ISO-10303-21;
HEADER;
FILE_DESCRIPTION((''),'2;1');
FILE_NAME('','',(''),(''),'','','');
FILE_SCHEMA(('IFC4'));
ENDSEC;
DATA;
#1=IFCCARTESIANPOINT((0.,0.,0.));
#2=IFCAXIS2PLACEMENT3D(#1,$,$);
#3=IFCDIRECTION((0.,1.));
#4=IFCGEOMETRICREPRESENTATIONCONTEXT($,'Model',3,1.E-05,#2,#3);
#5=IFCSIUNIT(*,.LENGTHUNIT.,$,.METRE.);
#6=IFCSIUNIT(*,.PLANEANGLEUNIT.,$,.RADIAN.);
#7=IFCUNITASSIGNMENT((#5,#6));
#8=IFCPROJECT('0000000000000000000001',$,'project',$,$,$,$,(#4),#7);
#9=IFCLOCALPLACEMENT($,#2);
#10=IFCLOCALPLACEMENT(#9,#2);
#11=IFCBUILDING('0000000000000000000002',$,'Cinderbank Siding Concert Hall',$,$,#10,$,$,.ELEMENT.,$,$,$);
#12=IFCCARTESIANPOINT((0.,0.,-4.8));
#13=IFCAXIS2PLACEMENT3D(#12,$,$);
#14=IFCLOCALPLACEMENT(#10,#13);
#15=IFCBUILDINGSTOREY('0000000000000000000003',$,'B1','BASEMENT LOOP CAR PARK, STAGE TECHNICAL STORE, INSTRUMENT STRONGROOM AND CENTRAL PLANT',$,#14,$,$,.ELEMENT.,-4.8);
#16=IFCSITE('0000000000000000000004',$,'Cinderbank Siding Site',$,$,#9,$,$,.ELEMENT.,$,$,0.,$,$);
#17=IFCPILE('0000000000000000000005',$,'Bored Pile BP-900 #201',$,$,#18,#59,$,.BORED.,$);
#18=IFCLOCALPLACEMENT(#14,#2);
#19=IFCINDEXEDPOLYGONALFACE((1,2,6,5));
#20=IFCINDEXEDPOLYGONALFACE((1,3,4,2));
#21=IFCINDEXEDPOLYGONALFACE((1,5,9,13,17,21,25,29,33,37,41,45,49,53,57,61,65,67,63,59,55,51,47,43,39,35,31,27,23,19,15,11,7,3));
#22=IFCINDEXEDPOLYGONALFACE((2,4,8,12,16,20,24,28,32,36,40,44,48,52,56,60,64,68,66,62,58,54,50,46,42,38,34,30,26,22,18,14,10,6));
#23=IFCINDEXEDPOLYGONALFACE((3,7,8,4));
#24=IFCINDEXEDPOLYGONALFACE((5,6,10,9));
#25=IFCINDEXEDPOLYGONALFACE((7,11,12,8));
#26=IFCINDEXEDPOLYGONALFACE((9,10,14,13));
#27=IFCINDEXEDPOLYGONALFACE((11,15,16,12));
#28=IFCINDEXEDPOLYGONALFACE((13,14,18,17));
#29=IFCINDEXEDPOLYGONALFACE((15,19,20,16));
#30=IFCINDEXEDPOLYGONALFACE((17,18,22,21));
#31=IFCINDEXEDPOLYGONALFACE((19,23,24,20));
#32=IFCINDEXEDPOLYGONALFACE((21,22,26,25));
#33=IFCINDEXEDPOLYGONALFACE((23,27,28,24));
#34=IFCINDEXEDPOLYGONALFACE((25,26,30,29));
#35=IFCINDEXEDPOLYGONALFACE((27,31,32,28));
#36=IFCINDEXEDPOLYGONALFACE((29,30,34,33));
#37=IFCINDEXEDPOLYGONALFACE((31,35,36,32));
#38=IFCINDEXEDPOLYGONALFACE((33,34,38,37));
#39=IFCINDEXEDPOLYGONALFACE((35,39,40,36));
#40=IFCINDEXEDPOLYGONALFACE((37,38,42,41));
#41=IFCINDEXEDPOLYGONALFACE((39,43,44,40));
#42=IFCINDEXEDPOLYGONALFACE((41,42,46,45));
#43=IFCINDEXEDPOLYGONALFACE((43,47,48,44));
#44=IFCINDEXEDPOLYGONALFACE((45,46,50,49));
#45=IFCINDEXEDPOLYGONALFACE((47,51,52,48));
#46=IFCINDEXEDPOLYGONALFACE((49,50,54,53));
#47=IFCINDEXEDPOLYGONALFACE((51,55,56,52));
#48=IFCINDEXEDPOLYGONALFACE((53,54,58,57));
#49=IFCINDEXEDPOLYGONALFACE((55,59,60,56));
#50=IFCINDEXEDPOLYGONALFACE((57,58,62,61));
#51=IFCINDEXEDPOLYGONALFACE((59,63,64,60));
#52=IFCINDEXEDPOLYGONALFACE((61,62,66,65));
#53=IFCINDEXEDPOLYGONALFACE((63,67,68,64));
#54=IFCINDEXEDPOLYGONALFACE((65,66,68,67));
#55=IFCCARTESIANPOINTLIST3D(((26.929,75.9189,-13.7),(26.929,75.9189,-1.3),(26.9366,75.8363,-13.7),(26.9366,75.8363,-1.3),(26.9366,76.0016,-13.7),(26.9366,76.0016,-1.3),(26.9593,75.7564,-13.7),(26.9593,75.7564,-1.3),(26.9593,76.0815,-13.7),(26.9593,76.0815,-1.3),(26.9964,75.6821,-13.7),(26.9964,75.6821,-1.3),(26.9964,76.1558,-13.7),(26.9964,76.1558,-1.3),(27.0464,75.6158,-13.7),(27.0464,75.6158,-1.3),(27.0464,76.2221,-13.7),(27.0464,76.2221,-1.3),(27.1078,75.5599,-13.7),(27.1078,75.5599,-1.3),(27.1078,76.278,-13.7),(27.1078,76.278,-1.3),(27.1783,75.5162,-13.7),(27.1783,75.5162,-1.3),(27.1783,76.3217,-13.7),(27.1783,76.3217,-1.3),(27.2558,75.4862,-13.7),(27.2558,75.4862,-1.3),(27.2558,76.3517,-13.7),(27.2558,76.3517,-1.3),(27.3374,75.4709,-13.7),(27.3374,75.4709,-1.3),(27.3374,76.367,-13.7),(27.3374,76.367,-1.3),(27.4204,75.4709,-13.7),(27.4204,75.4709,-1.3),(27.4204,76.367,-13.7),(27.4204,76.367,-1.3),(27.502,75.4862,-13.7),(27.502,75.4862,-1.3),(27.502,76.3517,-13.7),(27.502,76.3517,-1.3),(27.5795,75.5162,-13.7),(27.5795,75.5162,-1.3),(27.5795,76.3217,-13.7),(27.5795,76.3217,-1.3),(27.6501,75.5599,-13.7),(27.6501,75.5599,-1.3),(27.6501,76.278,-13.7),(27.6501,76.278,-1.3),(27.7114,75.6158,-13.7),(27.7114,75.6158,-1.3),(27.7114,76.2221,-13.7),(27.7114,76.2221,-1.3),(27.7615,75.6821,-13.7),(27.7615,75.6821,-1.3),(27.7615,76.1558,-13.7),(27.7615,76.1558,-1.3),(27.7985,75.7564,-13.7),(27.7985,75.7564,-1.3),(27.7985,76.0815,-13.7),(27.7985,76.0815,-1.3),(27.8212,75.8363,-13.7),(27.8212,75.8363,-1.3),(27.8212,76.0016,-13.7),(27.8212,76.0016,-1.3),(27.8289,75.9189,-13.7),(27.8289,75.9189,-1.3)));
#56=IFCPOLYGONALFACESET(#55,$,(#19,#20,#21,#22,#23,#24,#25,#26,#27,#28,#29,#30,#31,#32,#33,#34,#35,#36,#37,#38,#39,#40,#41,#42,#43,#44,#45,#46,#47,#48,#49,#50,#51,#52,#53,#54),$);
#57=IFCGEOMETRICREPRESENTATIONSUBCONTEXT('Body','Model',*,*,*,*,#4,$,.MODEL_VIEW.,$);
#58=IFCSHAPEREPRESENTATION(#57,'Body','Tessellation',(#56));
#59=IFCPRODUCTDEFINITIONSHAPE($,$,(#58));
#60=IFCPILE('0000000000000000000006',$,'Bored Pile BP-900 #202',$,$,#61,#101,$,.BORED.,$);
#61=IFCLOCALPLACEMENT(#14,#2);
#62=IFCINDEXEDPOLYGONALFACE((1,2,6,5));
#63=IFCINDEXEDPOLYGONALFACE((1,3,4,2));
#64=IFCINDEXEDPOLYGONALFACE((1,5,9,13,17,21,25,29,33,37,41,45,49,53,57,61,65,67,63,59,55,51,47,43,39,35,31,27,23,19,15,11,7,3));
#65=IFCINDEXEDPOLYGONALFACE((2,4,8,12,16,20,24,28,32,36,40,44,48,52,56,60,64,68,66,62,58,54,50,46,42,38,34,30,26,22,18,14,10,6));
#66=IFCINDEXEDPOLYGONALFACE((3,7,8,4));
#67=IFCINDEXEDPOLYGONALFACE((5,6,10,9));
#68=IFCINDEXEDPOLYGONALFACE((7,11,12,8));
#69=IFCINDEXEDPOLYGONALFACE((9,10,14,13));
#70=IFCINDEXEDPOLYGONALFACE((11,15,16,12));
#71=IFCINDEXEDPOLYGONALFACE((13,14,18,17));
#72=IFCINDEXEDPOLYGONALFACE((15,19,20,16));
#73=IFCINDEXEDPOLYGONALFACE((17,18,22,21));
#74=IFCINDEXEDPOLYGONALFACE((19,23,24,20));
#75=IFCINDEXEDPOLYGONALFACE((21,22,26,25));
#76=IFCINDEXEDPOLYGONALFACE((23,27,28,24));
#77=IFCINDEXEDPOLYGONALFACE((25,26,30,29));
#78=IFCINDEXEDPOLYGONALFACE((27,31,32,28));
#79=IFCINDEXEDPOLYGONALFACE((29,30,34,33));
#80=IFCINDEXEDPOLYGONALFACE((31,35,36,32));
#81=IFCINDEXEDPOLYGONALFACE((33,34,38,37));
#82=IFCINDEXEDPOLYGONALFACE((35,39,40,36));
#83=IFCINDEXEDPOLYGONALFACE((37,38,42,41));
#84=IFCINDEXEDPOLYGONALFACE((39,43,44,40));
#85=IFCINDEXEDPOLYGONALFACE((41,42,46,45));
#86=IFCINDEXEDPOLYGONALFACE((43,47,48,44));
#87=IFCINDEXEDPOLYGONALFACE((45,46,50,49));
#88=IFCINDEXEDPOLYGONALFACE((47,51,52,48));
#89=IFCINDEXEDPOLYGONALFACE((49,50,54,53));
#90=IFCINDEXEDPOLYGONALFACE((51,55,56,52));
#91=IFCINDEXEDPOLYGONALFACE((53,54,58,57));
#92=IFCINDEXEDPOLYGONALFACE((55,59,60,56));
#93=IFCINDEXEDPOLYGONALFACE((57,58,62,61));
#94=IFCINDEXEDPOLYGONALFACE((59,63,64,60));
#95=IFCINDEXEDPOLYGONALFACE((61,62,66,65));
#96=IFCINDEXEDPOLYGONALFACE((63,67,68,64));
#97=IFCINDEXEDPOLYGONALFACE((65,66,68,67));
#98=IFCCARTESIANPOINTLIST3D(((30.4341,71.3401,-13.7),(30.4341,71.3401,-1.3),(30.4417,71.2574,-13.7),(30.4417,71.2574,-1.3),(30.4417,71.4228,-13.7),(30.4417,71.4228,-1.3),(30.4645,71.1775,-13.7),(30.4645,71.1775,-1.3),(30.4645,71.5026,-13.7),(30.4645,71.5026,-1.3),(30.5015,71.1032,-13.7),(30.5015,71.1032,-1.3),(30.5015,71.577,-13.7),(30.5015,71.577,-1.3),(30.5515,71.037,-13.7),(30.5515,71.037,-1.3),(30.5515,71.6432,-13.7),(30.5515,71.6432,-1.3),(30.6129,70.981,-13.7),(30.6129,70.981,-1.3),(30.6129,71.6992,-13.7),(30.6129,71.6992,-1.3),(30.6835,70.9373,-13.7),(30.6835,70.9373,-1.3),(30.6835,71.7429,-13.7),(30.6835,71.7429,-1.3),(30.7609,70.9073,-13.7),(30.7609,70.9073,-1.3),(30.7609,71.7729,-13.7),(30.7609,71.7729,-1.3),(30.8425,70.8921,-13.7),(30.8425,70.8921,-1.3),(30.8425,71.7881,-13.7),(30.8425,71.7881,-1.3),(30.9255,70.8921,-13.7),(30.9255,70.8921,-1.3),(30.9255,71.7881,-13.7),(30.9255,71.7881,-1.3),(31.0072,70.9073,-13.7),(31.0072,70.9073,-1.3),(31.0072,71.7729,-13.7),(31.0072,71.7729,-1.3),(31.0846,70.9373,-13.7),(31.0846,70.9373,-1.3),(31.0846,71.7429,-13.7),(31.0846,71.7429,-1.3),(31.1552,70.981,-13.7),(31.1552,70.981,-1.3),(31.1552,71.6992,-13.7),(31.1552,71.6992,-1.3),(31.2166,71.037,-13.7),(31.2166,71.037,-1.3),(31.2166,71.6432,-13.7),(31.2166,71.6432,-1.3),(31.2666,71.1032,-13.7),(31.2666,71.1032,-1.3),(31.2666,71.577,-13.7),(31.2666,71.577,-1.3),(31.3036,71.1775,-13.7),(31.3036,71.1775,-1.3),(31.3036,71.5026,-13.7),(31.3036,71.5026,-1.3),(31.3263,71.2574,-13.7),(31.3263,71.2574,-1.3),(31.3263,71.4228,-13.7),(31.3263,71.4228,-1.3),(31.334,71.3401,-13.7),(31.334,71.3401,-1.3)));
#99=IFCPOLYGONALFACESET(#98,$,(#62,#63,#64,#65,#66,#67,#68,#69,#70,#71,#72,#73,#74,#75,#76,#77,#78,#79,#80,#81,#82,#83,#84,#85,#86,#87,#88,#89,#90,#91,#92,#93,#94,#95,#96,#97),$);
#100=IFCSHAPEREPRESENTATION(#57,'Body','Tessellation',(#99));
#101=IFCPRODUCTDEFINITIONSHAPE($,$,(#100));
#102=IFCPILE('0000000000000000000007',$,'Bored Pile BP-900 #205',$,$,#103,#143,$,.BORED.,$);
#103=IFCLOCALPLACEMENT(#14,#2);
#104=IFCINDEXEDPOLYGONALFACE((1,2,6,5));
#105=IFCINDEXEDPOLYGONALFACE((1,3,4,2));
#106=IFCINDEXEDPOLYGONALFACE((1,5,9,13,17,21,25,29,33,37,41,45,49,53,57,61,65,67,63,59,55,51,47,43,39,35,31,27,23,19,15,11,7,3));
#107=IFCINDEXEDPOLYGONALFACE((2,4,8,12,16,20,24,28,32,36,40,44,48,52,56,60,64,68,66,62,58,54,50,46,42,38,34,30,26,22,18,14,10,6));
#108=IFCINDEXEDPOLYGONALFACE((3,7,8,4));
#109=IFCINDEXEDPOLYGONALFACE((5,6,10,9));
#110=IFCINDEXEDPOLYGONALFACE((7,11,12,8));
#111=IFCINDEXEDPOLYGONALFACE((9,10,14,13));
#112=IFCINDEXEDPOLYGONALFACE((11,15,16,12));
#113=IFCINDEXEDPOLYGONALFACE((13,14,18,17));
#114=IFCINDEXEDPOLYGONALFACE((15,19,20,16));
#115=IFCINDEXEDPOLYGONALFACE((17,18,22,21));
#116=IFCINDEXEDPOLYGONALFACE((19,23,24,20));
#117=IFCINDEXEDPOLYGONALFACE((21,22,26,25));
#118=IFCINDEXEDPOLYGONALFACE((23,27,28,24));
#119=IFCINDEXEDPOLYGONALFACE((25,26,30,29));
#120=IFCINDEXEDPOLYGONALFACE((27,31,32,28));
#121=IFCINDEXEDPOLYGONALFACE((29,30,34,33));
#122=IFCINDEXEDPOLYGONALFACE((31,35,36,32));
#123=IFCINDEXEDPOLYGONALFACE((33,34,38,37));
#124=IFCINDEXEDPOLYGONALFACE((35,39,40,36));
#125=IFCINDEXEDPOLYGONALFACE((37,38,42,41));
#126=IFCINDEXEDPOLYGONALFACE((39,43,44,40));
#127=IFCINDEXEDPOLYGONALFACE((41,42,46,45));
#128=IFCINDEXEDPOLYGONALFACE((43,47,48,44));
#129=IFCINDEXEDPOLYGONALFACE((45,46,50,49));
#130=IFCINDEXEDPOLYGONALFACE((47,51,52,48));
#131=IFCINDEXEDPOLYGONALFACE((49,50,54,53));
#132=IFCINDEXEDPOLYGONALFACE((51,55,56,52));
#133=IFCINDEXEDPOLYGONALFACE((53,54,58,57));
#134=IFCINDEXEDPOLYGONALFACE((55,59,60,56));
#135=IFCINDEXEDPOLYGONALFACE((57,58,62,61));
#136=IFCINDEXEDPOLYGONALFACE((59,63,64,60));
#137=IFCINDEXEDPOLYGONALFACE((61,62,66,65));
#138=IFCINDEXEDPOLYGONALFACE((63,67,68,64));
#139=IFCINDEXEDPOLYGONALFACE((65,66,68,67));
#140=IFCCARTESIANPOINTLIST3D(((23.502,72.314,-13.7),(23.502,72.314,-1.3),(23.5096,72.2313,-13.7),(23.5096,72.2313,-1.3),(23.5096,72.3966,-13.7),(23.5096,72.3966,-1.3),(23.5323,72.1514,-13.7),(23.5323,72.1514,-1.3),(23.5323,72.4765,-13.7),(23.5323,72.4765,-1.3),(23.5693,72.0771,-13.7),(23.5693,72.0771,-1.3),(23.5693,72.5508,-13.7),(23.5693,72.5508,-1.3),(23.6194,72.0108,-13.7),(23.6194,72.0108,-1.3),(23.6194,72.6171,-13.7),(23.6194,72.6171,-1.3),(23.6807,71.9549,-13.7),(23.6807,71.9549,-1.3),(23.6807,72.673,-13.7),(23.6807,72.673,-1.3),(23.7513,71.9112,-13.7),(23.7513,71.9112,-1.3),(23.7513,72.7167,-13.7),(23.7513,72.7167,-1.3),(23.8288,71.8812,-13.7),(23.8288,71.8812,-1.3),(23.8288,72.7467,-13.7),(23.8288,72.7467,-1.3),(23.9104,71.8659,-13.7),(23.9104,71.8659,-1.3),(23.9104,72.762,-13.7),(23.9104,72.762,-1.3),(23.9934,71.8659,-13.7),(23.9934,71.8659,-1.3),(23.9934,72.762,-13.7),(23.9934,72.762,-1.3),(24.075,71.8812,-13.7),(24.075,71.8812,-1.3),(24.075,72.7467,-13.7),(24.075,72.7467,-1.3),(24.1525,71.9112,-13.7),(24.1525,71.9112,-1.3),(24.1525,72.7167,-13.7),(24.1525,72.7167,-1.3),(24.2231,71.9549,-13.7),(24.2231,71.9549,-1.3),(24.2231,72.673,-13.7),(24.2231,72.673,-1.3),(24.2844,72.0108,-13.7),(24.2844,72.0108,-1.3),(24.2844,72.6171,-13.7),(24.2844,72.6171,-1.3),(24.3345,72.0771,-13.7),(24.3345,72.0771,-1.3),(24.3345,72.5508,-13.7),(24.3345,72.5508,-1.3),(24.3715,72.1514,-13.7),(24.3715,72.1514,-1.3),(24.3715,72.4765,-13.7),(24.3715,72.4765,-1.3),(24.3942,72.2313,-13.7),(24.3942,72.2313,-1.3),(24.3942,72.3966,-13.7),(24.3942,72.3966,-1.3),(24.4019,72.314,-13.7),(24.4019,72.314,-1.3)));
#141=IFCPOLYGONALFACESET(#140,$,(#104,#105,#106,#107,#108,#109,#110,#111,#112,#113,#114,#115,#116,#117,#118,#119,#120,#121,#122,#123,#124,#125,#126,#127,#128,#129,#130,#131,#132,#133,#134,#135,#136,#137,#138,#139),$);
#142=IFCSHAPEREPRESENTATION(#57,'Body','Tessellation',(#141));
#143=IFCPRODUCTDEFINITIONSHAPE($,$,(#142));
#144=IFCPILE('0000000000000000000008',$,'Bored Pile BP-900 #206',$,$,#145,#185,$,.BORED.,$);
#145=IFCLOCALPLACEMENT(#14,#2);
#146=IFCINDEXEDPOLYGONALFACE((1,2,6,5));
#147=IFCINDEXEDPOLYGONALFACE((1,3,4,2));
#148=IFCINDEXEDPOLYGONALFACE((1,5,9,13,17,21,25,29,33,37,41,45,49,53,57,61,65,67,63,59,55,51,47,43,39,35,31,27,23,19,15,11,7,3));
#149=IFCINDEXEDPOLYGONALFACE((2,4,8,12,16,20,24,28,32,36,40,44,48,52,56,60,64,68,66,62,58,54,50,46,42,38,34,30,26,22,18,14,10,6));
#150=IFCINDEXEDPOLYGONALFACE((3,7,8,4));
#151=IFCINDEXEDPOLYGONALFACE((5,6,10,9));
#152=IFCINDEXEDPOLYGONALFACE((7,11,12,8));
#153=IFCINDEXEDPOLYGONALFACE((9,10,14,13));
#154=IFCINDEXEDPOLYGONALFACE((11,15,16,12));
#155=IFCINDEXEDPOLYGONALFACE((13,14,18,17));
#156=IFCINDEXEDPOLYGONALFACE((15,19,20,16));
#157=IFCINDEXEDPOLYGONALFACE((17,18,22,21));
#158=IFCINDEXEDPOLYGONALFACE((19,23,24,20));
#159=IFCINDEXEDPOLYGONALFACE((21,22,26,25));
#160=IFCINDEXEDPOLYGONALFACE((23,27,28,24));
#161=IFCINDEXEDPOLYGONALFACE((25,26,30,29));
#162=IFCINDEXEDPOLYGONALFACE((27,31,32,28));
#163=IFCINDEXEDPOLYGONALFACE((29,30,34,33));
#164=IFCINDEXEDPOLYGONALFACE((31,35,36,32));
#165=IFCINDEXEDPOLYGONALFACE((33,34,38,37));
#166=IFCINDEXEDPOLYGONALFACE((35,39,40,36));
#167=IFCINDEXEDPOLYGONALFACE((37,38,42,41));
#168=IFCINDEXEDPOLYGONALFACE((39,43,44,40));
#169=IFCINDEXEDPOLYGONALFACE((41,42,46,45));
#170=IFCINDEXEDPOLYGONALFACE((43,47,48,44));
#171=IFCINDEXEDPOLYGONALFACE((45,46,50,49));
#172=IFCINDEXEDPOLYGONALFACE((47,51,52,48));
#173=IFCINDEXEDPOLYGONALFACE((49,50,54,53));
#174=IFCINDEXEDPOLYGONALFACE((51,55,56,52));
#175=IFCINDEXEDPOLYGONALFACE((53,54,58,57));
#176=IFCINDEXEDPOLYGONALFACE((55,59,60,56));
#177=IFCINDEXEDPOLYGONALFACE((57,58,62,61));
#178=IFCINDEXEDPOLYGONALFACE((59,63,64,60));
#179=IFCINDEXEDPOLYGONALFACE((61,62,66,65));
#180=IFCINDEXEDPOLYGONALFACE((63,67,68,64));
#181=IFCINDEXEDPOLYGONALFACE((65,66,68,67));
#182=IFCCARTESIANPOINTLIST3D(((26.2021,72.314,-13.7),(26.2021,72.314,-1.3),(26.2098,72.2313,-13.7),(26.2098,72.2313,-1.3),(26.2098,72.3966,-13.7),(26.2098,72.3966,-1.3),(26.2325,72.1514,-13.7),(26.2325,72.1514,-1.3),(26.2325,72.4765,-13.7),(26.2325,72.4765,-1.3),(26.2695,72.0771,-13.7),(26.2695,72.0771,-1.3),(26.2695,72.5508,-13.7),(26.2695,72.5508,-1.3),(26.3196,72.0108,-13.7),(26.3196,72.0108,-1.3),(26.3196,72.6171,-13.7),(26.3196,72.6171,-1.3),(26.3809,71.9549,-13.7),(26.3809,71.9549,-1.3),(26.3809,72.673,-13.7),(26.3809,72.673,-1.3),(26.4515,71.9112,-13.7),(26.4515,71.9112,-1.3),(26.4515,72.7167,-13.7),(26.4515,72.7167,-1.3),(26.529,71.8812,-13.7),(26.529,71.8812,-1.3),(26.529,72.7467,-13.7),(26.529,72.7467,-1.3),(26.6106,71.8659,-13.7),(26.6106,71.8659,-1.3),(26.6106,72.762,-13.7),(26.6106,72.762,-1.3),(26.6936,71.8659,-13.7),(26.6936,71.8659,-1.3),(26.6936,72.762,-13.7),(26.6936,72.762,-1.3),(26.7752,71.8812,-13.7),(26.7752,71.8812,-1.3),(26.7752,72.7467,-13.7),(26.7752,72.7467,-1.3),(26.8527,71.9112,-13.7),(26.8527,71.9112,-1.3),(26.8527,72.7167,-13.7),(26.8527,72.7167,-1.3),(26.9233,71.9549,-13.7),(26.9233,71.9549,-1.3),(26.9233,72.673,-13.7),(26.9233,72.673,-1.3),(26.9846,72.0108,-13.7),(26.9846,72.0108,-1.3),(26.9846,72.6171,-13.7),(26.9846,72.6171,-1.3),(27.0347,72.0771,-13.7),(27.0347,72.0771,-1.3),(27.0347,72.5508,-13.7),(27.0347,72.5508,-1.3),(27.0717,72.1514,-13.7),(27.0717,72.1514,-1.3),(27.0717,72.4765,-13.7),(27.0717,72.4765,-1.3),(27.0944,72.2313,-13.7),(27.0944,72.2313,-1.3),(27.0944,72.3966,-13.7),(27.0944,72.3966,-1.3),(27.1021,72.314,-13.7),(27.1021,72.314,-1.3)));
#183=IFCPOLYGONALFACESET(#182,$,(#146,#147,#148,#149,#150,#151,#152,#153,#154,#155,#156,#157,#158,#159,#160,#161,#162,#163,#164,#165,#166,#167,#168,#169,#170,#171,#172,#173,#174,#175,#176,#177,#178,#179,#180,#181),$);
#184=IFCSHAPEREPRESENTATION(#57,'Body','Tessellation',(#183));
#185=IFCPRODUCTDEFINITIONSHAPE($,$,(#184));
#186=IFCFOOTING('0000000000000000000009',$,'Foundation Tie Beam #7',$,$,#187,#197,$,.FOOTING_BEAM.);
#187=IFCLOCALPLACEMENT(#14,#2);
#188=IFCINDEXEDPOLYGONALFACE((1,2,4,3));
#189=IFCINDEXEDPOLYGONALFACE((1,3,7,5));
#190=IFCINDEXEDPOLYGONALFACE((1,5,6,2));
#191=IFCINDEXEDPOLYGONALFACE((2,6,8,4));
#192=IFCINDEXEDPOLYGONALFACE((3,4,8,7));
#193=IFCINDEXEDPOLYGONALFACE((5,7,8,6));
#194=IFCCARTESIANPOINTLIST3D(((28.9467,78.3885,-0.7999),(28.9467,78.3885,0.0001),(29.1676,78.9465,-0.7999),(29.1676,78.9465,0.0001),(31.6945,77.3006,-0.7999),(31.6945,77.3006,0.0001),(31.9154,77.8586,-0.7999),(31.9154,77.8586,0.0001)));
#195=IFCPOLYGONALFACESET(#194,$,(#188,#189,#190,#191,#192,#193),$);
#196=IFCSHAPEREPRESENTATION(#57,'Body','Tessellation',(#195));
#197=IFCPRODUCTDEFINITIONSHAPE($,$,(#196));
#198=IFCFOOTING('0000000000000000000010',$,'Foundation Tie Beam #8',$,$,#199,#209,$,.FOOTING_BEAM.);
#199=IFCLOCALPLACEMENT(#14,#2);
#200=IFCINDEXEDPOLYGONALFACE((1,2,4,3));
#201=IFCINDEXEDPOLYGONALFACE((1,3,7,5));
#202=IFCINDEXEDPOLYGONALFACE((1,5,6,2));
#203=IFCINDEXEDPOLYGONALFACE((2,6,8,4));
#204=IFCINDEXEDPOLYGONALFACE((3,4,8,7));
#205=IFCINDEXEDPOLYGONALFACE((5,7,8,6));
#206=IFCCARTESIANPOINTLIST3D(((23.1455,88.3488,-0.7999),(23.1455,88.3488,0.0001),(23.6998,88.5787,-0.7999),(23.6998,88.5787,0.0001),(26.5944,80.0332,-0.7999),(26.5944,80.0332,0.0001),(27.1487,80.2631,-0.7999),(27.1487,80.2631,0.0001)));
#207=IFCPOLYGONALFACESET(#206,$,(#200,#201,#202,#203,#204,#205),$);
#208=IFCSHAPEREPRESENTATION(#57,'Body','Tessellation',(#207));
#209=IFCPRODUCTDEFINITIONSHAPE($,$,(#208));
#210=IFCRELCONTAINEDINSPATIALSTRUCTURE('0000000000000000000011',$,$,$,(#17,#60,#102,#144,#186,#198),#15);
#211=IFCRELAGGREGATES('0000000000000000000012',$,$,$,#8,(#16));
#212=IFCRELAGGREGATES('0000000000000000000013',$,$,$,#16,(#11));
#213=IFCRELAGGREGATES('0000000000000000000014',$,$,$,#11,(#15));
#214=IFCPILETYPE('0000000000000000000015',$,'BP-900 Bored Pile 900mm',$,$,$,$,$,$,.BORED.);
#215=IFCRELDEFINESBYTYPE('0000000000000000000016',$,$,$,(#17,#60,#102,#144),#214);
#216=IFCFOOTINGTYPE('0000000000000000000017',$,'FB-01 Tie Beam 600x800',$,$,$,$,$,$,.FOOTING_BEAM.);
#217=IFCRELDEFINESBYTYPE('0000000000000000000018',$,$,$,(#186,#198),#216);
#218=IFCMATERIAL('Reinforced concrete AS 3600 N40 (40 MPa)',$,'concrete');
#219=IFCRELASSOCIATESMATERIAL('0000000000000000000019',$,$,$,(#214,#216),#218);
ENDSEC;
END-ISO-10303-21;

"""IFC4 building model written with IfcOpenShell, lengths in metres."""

from ifc_helpers import new_model, si_unit, direction, frame, origin, origin_2d, place, context, subcontext, project, spatial, rectangle, circle, extrude, material, material_profile, profile_set, type_object, element, save


model = new_model("IFC4")

# Units and contexts
model_context = context("Model", 3, precision=1e-05, world=origin(), true_north=direction((0.0, 1.0)))
body_context = subcontext(model_context, "Body", "Model", "MODEL_VIEW")
ifc_project = project(units=[si_unit("LENGTHUNIT", "METRE"), si_unit("PLANEANGLEUNIT", "RADIAN")], contexts=[model_context])

# Site, building, storey
site_placement = place(None, origin())
site = spatial("IfcSite", under=ifc_project, at=site_placement, Name="Cinderbank Siding Site", CompositionType="ELEMENT", RefElevation=0.0)
building_placement = place(site_placement, origin())
building = spatial("IfcBuilding", under=site, at=building_placement, Name="Cinderbank Siding Concert Hall", CompositionType="ELEMENT")
storey_placement = place(building_placement, frame((0.0, 0.0, -4.8)))
storey = spatial("IfcBuildingStorey", under=building, at=storey_placement, Name="B1", Description="BASEMENT LOOP CAR PARK, STAGE TECHNICAL STORE, INSTRUMENT STRONGROOM AND CENTRAL PLANT", CompositionType="ELEMENT", Elevation=-4.8)

# Piles
ifc_material_1 = material(Name="Reinforced concrete AS 3600 N40 (40 MPa)", Category="concrete")
ifc_material_profile_1 = material_profile(ifc_material_1, circle(Radius=0.45, at=origin_2d()), Name="PILE-900DIA", Category="LoadBearing")
ifc_profile_set_1 = profile_set([ifc_material_profile_1], Name="Reinforced concrete AS 3600 N40 (40 MPa)")
pile_type_1 = type_object("IfcPileType", Name="BP-900 Bored Pile 900mm", PredefinedType="BORED", material=ifc_profile_set_1)
for number, where, z_axis, x_axis, name in (
    (1, (27.3789, 75.9189, -1.3), (0.0, 0.0, -1.0), (1.0, 0.0, 0.0), "Bored Pile BP-900 #201"),
    (2, (30.884, 71.3401, -1.3), (0.0, 0.0, -1.0), (1.0, 0.0, 0.0), "Bored Pile BP-900 #202"),
    (3, (23.9519, 72.314, -1.3), (0.0, 0.0, -1.0), (1.0, 0.0, 0.0), "Bored Pile BP-900 #205"),
    (4, (26.6521, 72.314, -1.3), (0.0, 0.0, -1.0), (1.0, 0.0, 0.0), "Bored Pile BP-900 #206"),
):
    element("IfcPile", number, at=place(storey_placement, frame(where, z_axis=z_axis, x_axis=x_axis)), inside=storey, type_object=pile_type_1, Name=name, PredefinedType="BORED", context=body_context, shape_type="SweptSolid", body=[
        extrude(circle(Radius=0.45, at=origin_2d()), origin(), (0.0, 0.0, 1.0), 12.3999),
    ])

# Footings
ifc_material_profile_2 = material_profile(ifc_material_1, rectangle(XDim=0.6001, YDim=0.8, at=origin_2d()), Name="RC-FB-600x800", Category="LoadBearing")
ifc_profile_set_2 = profile_set([ifc_material_profile_2], Name="Reinforced concrete AS 3600 N40 (40 MPa)")
footing_type_1 = type_object("IfcFootingType", Name="FB-01 Tie Beam 600x800", PredefinedType="FOOTING_BEAM", material=ifc_profile_set_2)
footing_1_placement = place(storey_placement, frame((29.0571, 78.6675, -0.3999), z_axis=(0.929781, -0.368112, 0.0), x_axis=(0.368112, 0.929781, 0.0)))
element("IfcFooting", 5, at=footing_1_placement, inside=storey, type_object=footing_type_1, Name="Foundation Tie Beam #7", PredefinedType="FOOTING_BEAM", context=body_context, shape_type="SweptSolid", body=[
    extrude(rectangle(XDim=0.6001, YDim=0.8, at=origin_2d()), origin(), (0.0, 0.0, 1.0), 2.9553),
])
footing_2_placement = place(storey_placement, frame((26.8716, 80.1482, -0.3999), z_axis=(-0.383111, 0.923702, 0.0), x_axis=(-0.923702, -0.383111, 0.0)))
element("IfcFooting", 6, at=footing_2_placement, inside=storey, type_object=footing_type_1, Name="Foundation Tie Beam #8", PredefinedType="FOOTING_BEAM", context=body_context, shape_type="SweptSolid", body=[
    extrude(rectangle(XDim=0.6001, YDim=0.8, at=origin_2d()), origin(), (0.0, 0.0, 1.0), 9.0024),
])

save(model, "model.ifc")
